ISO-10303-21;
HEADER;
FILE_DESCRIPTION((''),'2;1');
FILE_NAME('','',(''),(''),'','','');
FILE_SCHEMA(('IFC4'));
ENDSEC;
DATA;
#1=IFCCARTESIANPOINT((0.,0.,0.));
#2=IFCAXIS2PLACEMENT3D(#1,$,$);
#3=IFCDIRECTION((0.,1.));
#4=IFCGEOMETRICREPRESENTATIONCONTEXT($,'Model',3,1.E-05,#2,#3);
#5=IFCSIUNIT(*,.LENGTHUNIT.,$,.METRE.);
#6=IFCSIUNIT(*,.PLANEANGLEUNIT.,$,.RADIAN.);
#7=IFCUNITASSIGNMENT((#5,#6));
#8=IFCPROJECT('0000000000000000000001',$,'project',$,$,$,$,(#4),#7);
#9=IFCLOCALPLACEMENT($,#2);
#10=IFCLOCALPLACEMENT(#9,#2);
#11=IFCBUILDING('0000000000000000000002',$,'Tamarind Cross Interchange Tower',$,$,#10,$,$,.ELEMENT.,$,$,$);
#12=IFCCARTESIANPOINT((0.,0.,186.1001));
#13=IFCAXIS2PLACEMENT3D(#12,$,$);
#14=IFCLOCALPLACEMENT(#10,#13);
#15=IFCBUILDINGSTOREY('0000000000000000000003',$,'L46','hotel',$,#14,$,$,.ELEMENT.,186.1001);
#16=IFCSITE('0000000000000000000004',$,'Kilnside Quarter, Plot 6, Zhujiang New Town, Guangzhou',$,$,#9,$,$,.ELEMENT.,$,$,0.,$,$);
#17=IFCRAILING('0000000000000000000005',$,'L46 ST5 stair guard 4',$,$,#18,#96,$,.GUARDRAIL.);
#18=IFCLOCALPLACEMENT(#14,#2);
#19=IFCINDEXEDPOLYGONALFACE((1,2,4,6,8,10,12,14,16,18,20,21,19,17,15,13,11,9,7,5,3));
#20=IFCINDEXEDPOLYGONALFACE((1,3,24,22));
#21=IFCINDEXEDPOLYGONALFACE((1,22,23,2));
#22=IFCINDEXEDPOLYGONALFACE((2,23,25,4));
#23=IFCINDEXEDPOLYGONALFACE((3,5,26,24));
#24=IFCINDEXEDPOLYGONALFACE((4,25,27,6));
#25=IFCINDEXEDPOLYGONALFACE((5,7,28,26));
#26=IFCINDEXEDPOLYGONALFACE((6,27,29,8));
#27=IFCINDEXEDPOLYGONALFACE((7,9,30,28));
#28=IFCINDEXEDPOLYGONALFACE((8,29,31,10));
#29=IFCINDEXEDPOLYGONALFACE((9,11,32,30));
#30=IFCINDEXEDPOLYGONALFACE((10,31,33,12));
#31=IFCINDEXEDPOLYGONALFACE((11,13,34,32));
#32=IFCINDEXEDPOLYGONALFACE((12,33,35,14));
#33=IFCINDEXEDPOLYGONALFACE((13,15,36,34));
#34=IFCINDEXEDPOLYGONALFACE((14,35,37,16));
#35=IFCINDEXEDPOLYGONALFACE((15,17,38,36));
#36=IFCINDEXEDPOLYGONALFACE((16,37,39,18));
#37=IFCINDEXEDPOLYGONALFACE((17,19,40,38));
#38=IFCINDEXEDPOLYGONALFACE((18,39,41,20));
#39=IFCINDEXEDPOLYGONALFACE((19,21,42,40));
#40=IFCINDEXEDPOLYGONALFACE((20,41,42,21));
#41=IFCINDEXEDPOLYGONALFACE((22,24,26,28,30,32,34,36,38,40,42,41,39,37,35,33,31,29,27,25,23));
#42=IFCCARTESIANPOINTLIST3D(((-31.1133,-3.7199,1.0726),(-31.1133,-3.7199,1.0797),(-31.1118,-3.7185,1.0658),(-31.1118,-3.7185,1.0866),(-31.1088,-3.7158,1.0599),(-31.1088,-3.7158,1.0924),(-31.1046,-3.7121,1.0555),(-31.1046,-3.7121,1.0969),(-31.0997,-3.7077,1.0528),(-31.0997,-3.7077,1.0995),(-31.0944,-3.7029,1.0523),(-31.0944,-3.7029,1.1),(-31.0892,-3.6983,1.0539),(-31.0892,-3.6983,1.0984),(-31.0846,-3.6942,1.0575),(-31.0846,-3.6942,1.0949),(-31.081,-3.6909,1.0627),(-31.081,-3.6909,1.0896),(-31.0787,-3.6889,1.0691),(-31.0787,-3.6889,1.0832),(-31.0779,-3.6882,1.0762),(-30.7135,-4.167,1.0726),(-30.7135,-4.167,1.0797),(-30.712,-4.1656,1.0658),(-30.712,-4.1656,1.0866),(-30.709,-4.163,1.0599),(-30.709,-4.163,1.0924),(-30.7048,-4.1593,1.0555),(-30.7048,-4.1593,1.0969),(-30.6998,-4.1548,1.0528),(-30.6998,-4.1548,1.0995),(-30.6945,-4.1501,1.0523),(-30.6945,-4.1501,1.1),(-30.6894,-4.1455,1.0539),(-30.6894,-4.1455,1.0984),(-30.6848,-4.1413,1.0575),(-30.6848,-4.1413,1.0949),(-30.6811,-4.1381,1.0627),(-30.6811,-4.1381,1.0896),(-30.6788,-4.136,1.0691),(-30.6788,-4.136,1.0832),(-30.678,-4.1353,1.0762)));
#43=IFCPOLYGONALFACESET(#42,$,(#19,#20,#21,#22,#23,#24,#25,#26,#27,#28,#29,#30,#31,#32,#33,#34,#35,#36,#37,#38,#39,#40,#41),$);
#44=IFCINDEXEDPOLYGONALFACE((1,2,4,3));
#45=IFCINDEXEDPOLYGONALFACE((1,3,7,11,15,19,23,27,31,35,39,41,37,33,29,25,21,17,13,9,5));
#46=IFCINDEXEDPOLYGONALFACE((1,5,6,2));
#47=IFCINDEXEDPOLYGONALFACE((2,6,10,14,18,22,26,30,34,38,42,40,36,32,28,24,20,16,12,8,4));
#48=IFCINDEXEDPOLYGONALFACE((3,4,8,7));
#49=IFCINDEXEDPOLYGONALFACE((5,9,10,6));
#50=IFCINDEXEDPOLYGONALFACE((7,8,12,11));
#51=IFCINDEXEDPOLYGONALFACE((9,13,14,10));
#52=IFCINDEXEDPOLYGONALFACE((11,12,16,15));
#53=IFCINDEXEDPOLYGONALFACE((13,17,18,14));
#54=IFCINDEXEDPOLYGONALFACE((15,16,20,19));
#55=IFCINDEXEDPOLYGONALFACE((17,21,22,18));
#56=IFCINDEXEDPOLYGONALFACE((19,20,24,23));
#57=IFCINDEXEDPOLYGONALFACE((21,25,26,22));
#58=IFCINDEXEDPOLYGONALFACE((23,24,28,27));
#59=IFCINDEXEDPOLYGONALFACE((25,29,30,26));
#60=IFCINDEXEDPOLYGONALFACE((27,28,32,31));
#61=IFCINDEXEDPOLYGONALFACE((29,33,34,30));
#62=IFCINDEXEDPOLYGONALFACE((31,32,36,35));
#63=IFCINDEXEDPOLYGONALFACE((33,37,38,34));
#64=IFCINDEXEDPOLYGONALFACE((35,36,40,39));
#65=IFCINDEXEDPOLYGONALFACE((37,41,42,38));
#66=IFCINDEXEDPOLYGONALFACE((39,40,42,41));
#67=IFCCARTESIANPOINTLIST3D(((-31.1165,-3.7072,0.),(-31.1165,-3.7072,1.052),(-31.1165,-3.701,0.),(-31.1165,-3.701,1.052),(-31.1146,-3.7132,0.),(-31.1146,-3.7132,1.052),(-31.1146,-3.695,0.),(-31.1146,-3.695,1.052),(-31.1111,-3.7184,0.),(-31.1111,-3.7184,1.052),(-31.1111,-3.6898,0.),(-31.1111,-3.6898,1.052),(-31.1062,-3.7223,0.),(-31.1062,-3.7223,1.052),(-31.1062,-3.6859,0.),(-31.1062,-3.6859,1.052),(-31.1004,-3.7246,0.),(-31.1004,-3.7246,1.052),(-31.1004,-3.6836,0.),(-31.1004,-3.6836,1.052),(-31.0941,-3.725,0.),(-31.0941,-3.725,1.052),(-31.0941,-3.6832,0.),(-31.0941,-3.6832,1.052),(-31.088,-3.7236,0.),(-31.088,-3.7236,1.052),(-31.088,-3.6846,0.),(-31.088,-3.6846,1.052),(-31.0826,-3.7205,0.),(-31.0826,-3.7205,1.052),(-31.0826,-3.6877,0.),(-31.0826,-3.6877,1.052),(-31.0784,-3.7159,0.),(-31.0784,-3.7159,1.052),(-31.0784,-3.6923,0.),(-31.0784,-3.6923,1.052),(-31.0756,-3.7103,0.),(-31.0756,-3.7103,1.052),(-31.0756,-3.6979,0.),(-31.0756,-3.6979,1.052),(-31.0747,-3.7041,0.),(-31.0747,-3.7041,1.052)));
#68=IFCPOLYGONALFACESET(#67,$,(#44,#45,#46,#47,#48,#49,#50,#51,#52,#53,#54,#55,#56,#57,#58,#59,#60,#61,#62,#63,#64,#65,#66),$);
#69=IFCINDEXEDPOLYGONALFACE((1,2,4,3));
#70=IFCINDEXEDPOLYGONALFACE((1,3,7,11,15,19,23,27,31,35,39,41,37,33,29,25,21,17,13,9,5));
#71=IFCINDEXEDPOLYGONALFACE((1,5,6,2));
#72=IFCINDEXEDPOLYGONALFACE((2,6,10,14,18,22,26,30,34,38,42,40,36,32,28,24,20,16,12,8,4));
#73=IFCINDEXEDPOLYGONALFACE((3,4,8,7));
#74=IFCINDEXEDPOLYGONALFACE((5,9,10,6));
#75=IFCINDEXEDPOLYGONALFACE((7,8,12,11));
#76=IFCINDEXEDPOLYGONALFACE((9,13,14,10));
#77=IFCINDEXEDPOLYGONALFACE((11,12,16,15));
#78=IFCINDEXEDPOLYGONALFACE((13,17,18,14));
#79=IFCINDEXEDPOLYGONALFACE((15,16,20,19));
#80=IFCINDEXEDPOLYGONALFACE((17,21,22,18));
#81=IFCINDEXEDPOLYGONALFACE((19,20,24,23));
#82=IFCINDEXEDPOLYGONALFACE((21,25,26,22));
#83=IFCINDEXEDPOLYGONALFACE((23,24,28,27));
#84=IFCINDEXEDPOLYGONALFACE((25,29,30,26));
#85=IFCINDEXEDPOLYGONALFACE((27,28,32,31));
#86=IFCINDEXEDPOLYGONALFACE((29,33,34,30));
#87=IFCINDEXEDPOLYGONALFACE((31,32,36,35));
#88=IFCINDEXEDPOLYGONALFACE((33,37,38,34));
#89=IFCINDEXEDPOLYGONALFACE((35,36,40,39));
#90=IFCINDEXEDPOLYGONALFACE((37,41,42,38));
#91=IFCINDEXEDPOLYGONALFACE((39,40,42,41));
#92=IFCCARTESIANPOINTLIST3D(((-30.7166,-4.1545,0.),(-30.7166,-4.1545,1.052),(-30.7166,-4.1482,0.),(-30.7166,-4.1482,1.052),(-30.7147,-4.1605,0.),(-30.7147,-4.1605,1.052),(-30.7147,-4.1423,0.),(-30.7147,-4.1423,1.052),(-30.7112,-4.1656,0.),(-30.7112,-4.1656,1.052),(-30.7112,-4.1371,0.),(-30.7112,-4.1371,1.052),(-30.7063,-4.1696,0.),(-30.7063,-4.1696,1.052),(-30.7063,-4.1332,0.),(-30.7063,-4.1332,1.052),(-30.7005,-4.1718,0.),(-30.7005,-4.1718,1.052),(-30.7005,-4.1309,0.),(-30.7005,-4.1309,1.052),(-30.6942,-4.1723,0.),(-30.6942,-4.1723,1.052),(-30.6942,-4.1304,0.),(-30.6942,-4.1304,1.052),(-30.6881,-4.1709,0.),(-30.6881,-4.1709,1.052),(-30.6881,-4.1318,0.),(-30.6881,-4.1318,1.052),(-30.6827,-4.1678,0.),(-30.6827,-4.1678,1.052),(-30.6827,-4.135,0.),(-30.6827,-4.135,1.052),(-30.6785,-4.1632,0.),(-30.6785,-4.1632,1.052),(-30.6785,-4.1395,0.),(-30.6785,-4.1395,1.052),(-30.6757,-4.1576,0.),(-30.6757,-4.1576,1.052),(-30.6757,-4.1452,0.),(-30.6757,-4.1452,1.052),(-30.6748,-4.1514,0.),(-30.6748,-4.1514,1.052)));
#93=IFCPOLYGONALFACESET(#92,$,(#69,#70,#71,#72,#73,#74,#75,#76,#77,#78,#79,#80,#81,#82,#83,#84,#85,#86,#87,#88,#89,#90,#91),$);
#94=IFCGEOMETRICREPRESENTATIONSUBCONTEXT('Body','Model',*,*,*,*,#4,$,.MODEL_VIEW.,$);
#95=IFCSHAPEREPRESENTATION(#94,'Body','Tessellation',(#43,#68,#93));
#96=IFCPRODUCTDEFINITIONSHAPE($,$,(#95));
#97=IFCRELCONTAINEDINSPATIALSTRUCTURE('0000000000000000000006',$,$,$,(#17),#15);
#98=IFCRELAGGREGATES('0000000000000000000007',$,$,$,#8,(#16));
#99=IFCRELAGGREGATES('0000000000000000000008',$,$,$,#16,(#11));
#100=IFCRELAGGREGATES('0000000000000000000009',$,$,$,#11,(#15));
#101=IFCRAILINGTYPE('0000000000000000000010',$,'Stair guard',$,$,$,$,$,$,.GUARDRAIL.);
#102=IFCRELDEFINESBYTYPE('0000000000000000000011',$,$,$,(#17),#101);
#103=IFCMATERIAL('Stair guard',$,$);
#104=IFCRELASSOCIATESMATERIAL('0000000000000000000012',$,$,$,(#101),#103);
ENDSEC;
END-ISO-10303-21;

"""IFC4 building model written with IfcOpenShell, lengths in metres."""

from ifc_helpers import new_model, si_unit, direction, frame, origin, origin_2d, place, context, subcontext, project, spatial, circle, extrude, material, type_object, element, save


model = new_model("IFC4")

# Units and contexts
model_context = context("Model", 3, precision=1e-05, world=origin(), true_north=direction((0.0, 1.0)))
body_context = subcontext(model_context, "Body", "Model", "MODEL_VIEW")
ifc_project = project(units=[si_unit("LENGTHUNIT", "METRE"), si_unit("PLANEANGLEUNIT", "RADIAN")], contexts=[model_context])

# Site, building, storey
site_placement = place(None, origin())
site = spatial("IfcSite", under=ifc_project, at=site_placement, Name="Kilnside Quarter, Plot 6, Zhujiang New Town, Guangzhou", CompositionType="ELEMENT", RefElevation=0.0)
building_placement = place(site_placement, origin())
building = spatial("IfcBuilding", under=site, at=building_placement, Name="Tamarind Cross Interchange Tower", CompositionType="ELEMENT")
storey_placement = place(building_placement, frame((0.0, 0.0, 186.1001)))
storey = spatial("IfcBuildingStorey", under=building, at=storey_placement, Name="L46", Description="hotel", CompositionType="ELEMENT", Elevation=186.1001)

# Railing
ifc_material_1 = material(Name="Stair guard")
railing_type_1 = type_object("IfcRailingType", Name="Stair guard", PredefinedType="GUARDRAIL", material=ifc_material_1)
railing_1_placement = place(storey_placement, frame((-31.0957, -3.7041, 0.0)))
element("IfcRailing", 1, at=railing_1_placement, inside=storey, type_object=railing_type_1, Name="L46 ST5 stair guard 4", PredefinedType="GUARDRAIL", context=body_context, shape_type="SweptSolid", body=[
    extrude(circle(Radius=0.0239, at=origin_2d()), frame((0.0, 0.0, 1.0762), z_axis=(0.666533, -0.745475, 0.0), x_axis=(0.745475, 0.666533, 0.0)), (0.0, 0.0, 1.0), 0.5999),
    extrude(circle(Radius=0.021, at=origin_2d()), origin(), (0.0, 0.0, 1.0), 1.052),
    extrude(circle(Radius=0.021, at=origin_2d()), frame((0.3999, -0.4473, 0.0)), (0.0, 0.0, 1.0), 1.052),
])

save(model, "model.ifc")
